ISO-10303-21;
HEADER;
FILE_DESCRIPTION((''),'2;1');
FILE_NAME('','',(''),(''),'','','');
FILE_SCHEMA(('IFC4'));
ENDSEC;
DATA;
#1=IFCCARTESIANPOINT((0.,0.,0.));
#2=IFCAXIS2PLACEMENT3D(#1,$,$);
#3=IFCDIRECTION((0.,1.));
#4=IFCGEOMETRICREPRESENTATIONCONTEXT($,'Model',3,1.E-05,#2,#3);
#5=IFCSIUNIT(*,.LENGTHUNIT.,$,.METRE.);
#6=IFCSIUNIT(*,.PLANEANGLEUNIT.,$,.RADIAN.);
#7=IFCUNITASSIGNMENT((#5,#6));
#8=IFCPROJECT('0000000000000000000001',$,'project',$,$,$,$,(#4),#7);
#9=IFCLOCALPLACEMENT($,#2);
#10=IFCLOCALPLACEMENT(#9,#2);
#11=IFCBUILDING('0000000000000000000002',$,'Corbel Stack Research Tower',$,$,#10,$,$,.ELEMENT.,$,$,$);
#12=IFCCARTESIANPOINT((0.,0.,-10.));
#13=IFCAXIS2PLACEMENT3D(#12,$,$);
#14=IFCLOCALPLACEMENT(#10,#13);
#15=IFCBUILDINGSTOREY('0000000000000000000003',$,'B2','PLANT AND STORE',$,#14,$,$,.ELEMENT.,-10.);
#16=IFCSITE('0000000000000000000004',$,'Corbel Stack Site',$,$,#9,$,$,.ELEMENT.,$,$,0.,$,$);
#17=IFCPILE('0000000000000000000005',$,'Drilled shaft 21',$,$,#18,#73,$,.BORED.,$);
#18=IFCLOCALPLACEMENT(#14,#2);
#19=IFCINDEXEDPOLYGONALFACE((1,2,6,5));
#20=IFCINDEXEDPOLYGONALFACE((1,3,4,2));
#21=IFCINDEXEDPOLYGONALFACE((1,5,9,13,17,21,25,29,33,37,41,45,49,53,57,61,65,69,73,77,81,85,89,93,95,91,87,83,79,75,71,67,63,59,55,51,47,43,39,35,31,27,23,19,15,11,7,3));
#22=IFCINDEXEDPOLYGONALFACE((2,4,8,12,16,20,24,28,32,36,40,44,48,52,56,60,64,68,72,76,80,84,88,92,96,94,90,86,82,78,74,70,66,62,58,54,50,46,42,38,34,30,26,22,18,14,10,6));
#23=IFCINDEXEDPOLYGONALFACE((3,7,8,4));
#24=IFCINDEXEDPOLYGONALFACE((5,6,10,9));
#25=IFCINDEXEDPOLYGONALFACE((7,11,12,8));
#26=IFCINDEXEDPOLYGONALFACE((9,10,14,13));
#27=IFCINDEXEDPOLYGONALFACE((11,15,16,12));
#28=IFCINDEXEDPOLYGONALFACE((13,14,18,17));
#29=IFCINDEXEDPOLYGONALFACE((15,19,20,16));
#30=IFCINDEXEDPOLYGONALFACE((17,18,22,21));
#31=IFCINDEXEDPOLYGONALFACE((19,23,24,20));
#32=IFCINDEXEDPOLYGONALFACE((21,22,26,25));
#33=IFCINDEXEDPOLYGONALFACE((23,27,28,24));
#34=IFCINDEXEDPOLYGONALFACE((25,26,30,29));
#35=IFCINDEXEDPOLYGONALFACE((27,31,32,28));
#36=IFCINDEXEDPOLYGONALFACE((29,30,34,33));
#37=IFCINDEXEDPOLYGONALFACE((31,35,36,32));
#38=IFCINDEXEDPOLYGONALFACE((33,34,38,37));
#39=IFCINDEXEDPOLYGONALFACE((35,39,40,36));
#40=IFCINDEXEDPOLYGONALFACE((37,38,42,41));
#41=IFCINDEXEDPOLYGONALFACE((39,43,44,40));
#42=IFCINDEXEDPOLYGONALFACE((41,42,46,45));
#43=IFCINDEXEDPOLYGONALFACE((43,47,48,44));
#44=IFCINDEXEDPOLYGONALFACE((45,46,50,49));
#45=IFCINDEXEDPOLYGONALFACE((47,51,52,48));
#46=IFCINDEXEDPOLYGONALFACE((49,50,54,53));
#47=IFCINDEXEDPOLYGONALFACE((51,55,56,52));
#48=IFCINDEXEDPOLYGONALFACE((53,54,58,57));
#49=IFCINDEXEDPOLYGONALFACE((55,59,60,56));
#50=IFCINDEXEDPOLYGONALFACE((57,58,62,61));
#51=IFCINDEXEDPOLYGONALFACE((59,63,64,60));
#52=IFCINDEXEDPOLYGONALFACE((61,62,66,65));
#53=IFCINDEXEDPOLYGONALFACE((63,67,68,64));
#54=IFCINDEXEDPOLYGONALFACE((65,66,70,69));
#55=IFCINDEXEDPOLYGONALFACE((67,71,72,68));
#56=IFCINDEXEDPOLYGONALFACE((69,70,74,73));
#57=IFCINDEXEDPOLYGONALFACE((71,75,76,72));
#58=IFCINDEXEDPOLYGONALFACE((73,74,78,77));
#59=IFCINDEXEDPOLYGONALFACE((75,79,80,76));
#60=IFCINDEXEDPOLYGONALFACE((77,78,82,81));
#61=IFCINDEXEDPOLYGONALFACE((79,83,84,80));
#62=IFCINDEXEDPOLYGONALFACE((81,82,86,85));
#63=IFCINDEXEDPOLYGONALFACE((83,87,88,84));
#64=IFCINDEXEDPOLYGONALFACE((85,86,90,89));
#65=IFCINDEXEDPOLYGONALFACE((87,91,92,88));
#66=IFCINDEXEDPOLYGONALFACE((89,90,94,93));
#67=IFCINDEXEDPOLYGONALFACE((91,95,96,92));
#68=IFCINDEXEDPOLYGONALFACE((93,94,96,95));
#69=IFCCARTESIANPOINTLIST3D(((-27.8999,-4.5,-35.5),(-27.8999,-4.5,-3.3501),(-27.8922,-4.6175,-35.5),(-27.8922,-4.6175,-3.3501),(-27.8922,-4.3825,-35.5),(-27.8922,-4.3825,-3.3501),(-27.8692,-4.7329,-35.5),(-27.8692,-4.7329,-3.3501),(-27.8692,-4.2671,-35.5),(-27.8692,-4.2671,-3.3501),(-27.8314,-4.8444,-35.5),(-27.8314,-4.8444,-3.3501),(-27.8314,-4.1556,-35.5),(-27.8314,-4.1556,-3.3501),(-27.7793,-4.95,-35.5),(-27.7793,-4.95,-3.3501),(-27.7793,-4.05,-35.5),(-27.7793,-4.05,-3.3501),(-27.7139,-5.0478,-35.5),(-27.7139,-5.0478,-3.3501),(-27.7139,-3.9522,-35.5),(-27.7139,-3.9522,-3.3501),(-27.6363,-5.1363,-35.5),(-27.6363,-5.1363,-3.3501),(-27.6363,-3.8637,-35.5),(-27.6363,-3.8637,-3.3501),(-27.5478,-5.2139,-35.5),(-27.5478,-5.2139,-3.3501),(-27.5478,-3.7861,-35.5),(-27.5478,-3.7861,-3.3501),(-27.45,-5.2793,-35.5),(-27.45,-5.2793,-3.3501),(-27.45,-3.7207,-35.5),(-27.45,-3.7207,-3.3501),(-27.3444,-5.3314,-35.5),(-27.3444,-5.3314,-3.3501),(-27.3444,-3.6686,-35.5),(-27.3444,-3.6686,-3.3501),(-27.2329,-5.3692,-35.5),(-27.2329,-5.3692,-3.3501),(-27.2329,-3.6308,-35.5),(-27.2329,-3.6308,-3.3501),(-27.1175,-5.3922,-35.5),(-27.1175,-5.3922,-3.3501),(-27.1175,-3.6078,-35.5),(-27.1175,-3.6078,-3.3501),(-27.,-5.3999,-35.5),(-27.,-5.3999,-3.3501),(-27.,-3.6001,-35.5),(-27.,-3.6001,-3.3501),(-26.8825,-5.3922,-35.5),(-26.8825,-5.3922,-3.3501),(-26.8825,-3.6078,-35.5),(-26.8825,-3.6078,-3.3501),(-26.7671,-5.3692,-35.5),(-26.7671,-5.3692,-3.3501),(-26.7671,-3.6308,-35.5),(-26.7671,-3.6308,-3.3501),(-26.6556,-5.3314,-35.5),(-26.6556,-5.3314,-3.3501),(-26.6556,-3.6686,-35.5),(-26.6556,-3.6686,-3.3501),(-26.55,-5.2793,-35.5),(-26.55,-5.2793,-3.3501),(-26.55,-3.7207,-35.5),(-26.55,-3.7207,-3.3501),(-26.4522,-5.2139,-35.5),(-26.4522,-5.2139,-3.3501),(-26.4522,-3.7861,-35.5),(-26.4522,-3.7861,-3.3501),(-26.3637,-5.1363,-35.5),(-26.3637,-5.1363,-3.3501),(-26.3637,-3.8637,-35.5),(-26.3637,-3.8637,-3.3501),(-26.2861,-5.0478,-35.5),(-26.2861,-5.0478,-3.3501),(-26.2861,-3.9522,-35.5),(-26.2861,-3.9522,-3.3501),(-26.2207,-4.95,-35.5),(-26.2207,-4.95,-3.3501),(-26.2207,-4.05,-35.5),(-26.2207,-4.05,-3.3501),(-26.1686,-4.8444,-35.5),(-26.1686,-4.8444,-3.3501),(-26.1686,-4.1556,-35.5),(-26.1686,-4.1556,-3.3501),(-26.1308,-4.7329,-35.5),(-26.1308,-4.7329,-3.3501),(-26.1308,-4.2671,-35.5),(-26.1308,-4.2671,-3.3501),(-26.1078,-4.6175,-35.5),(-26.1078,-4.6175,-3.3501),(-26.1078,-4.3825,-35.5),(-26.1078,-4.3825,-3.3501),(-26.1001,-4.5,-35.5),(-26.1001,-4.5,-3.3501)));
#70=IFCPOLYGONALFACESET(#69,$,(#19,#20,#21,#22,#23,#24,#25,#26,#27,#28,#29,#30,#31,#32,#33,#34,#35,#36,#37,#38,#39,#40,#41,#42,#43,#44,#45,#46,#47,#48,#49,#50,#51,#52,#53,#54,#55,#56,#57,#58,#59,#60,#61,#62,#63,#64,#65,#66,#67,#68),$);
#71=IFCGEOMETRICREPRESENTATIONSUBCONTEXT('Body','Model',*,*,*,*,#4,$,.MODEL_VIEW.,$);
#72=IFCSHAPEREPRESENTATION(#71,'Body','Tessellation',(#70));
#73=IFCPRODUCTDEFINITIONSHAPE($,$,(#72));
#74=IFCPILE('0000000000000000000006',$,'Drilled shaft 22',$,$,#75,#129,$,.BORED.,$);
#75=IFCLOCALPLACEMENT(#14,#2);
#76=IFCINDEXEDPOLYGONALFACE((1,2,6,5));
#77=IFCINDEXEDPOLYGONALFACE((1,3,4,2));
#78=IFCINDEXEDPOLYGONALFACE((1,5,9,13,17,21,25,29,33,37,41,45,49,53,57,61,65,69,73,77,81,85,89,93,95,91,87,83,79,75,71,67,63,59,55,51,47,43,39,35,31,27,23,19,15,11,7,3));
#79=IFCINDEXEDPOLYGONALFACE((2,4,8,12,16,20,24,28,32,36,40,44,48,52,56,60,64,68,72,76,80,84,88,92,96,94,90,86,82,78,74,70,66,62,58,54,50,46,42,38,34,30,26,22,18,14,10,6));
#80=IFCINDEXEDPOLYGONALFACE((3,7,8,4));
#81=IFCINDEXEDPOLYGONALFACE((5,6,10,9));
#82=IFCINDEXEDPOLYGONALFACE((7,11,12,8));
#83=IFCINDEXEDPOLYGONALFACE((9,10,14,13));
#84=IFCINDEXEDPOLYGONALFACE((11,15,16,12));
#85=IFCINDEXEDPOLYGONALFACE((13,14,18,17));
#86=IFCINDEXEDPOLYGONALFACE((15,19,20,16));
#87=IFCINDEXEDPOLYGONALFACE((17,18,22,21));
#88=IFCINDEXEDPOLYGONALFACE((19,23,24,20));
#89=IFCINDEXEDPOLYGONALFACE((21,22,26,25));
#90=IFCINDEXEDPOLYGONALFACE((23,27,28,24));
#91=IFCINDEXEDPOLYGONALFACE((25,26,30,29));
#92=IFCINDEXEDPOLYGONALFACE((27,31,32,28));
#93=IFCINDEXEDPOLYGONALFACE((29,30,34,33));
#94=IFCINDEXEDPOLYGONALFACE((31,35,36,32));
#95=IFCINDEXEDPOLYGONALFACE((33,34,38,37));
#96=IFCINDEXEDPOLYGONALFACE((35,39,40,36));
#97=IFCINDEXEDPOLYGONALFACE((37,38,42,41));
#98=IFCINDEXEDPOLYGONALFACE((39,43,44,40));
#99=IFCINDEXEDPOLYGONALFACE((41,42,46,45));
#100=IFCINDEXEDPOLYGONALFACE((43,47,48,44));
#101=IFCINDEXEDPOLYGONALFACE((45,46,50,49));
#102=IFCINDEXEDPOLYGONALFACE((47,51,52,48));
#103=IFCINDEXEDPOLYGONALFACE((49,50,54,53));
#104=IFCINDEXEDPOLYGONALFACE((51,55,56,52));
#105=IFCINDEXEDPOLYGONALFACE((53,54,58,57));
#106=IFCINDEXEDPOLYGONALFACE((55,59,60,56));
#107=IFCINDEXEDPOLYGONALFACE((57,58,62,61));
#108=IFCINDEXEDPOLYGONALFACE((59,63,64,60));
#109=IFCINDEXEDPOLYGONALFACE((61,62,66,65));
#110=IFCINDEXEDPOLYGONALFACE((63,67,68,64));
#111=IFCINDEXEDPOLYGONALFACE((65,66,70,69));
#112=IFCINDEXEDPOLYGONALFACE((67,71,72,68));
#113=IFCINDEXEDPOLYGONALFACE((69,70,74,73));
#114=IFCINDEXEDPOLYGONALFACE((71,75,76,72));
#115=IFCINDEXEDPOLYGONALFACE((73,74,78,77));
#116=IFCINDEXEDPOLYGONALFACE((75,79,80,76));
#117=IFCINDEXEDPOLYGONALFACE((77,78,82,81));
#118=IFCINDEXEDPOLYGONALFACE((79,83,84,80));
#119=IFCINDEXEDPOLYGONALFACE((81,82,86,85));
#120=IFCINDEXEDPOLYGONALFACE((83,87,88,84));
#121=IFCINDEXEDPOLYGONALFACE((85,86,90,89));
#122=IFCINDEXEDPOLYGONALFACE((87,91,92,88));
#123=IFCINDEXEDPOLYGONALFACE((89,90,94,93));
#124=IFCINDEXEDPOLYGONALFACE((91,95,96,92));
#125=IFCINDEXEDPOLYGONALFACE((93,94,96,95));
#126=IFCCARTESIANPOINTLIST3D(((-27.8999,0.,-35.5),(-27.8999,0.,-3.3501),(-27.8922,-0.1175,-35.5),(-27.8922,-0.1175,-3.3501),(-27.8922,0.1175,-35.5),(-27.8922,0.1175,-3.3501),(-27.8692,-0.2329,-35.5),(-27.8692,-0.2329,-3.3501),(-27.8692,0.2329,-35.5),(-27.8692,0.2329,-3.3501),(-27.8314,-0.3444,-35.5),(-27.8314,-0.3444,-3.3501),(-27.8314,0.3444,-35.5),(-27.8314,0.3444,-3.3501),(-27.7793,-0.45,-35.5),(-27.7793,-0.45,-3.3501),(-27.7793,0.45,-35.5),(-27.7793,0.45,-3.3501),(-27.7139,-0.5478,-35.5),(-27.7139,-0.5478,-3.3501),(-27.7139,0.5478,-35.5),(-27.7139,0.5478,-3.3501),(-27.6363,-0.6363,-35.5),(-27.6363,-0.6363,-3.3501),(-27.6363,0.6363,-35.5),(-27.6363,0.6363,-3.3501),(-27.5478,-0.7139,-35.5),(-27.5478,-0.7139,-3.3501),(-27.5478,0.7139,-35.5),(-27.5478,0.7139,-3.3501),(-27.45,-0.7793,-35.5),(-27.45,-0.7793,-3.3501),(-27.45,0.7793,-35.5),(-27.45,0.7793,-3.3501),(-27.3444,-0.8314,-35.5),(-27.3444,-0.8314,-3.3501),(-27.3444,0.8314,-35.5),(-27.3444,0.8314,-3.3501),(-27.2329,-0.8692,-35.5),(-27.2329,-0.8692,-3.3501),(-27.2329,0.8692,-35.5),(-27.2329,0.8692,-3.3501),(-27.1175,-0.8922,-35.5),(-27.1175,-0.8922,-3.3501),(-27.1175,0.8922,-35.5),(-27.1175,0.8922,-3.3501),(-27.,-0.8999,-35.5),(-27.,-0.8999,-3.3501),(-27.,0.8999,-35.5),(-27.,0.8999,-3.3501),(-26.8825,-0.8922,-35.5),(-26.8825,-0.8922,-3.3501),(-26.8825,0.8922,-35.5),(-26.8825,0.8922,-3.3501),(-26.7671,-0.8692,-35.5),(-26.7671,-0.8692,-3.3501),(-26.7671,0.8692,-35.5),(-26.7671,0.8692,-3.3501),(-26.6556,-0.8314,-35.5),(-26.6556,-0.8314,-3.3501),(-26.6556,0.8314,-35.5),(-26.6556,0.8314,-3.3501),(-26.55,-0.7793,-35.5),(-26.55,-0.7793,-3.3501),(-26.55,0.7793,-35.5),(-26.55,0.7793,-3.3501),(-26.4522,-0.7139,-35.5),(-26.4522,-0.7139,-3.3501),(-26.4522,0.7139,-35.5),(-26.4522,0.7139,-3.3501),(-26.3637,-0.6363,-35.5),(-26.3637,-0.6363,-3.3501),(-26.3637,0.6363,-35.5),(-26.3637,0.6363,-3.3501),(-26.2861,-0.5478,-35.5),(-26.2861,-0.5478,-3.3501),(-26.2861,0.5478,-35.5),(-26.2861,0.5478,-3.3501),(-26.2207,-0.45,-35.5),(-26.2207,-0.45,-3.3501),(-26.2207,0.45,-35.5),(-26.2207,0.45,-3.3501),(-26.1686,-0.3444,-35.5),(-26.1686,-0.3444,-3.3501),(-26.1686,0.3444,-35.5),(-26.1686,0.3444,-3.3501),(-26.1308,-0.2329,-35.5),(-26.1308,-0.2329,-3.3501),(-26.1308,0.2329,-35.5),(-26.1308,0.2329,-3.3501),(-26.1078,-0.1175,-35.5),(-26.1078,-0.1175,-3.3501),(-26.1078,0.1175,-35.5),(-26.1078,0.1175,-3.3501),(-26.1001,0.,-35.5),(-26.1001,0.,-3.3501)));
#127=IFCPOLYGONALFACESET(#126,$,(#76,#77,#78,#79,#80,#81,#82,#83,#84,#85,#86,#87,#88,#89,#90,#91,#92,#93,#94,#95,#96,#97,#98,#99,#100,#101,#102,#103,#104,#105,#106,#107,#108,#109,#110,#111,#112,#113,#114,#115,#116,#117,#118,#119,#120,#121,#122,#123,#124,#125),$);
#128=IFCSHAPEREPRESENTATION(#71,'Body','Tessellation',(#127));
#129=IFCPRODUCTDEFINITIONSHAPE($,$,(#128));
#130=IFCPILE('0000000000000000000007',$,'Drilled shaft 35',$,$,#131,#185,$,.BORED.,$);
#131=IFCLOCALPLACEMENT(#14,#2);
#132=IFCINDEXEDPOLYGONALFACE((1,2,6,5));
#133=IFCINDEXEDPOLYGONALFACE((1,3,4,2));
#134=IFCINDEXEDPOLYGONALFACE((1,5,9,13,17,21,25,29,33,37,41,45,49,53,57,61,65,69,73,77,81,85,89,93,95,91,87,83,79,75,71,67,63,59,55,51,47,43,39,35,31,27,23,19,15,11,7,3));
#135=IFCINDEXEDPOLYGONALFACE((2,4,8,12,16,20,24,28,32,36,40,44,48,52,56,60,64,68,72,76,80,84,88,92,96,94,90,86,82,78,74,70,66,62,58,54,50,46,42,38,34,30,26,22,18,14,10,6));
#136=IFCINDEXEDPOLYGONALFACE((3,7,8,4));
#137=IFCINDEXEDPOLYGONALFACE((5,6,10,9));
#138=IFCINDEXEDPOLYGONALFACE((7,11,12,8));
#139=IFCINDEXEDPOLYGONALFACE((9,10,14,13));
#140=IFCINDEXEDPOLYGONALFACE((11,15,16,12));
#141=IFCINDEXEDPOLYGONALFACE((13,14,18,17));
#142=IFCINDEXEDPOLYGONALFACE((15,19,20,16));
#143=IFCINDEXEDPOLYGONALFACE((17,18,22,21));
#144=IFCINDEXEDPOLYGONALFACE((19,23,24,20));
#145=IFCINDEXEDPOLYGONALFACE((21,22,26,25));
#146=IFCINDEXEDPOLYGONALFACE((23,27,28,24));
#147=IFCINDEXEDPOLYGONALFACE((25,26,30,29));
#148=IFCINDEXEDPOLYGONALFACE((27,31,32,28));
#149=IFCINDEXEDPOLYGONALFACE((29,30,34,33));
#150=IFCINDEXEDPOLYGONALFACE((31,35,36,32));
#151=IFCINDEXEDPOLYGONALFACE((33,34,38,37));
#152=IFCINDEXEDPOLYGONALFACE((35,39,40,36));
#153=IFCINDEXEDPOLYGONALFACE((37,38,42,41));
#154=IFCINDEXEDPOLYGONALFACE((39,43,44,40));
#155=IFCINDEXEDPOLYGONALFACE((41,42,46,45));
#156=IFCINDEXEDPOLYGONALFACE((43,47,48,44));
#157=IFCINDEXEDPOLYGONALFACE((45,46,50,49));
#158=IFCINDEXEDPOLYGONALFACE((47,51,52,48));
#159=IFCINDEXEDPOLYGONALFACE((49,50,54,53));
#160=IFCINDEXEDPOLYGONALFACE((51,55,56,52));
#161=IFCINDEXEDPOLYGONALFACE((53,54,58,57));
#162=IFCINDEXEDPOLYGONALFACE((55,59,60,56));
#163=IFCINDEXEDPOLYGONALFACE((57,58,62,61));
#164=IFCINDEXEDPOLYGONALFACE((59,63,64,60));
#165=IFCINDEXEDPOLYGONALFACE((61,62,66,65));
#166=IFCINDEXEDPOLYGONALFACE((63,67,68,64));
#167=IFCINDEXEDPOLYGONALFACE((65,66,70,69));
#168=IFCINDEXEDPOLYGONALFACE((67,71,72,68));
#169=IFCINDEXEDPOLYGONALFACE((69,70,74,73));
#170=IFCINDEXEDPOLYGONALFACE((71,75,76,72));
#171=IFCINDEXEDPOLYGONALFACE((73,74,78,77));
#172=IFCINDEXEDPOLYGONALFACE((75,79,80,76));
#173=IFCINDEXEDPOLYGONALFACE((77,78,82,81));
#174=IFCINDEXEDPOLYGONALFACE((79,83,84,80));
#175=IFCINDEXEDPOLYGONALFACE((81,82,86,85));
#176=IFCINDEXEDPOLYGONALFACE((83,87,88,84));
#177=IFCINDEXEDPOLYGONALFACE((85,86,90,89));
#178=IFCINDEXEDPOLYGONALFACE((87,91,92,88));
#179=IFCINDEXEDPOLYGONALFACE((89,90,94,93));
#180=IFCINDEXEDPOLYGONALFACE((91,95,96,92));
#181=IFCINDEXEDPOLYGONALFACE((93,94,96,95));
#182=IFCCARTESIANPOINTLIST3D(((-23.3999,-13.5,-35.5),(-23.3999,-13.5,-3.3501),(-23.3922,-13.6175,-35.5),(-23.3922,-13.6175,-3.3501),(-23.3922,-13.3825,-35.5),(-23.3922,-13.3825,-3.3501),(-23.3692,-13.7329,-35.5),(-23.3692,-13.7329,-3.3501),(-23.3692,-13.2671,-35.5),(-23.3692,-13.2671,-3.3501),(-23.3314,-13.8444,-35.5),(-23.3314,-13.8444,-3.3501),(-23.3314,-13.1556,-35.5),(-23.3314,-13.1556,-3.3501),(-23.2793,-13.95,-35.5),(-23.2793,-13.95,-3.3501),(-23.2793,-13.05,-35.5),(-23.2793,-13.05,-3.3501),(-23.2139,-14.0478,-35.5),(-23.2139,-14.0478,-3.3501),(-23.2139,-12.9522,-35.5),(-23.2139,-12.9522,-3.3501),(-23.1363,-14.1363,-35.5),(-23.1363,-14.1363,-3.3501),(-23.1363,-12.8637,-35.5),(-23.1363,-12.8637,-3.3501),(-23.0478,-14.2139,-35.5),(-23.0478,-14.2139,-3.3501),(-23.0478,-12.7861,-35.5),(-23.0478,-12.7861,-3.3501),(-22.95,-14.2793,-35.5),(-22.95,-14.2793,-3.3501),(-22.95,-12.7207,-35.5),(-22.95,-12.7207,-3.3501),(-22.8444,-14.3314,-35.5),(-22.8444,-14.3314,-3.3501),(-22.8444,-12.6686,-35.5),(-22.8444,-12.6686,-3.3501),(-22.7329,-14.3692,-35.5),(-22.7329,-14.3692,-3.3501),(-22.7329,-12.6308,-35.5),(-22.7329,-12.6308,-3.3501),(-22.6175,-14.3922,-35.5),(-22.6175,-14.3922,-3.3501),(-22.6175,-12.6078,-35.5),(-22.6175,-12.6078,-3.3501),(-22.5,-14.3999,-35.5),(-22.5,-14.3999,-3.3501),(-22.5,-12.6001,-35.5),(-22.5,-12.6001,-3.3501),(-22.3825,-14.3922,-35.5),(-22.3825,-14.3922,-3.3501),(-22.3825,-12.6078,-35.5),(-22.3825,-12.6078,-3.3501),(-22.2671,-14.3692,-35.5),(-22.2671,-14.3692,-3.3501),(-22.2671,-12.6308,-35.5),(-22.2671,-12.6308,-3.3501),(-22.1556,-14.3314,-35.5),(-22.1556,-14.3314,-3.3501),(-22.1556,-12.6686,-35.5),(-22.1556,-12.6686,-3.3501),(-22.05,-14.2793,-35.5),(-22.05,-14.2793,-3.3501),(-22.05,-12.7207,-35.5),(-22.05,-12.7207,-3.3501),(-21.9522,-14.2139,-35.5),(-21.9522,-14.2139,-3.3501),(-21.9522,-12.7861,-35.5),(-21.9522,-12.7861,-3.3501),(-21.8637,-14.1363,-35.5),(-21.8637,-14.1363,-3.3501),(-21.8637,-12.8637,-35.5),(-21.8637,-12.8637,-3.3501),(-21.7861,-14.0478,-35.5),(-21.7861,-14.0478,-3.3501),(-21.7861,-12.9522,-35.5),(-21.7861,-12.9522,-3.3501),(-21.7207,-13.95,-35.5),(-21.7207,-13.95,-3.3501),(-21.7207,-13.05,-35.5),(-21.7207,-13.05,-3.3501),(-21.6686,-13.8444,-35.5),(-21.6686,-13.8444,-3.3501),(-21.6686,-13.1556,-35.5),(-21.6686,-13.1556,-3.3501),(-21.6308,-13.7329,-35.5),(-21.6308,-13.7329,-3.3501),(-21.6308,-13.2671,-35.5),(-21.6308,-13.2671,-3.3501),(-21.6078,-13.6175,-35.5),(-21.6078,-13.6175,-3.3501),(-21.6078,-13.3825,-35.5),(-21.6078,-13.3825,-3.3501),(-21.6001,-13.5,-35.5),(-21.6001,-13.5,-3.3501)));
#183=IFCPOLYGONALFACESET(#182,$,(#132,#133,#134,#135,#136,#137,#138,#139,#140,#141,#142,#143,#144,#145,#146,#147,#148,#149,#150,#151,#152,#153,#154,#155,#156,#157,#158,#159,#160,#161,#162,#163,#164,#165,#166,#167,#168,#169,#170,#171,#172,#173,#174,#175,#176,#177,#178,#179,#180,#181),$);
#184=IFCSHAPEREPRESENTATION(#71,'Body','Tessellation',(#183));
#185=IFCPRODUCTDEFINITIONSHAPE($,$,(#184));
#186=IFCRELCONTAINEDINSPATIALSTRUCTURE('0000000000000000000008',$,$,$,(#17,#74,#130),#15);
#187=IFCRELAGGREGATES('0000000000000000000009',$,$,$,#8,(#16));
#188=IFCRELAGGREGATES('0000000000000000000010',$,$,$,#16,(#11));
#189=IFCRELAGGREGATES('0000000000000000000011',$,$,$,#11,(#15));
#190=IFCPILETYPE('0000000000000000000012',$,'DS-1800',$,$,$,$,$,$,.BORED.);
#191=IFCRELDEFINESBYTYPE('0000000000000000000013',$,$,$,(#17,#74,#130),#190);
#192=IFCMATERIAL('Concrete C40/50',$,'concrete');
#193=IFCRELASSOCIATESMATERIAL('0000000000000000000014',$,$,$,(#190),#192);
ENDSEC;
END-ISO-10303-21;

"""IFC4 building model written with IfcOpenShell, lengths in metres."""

from ifc_helpers import new_model, si_unit, direction, frame, origin, origin_2d, place, context, subcontext, project, spatial, circle, extrude, material, material_profile, profile_set, type_object, element, save


model = new_model("IFC4")

# Units and contexts
model_context = context("Model", 3, precision=1e-05, world=origin(), true_north=direction((0.0, 1.0)))
body_context = subcontext(model_context, "Body", "Model", "MODEL_VIEW")
ifc_project = project(units=[si_unit("LENGTHUNIT", "METRE"), si_unit("PLANEANGLEUNIT", "RADIAN")], contexts=[model_context])

# Site, building, storey
site_placement = place(None, origin())
site = spatial("IfcSite", under=ifc_project, at=site_placement, Name="Corbel Stack Site", CompositionType="ELEMENT", RefElevation=0.0)
building_placement = place(site_placement, origin())
building = spatial("IfcBuilding", under=site, at=building_placement, Name="Corbel Stack Research Tower", CompositionType="ELEMENT")
storey_placement = place(building_placement, frame((0.0, 0.0, -10.0)))
storey = spatial("IfcBuildingStorey", under=building, at=storey_placement, Name="B2", Description="PLANT AND STORE", CompositionType="ELEMENT", Elevation=-10.0)

# Piles
ifc_material_1 = material(Name="Concrete C40/50", Category="concrete")
ifc_material_profile_1 = material_profile(ifc_material_1, circle(Radius=0.8999, at=origin_2d()), Name="Shaft 1800")
ifc_profile_set_1 = profile_set([ifc_material_profile_1], Name="Concrete C40/50")
pile_type = type_object("IfcPileType", Name="DS-1800", PredefinedType="BORED", material=ifc_profile_set_1)
for number, where, z_axis, x_axis, name in (
    (1, (-27.0, -4.5, -3.3501), (0.0, 0.0, -1.0), (1.0, 0.0, 0.0), "Drilled shaft 21"),
    (2, (-27.0, 0.0, -3.3501), (0.0, 0.0, -1.0), (1.0, 0.0, 0.0), "Drilled shaft 22"),
    (3, (-22.5, -13.5, -3.3501), (0.0, 0.0, -1.0), (1.0, 0.0, 0.0), "Drilled shaft 35"),
):
    element("IfcPile", number, at=place(storey_placement, frame(where, z_axis=z_axis, x_axis=x_axis)), inside=storey, type_object=pile_type, Name=name, PredefinedType="BORED", context=body_context, shape_type="SweptSolid", body=[
        extrude(circle(Radius=0.8999, at=origin_2d()), origin(), (0.0, 0.0, 1.0), 32.1499),
    ])

save(model, "model.ifc")
